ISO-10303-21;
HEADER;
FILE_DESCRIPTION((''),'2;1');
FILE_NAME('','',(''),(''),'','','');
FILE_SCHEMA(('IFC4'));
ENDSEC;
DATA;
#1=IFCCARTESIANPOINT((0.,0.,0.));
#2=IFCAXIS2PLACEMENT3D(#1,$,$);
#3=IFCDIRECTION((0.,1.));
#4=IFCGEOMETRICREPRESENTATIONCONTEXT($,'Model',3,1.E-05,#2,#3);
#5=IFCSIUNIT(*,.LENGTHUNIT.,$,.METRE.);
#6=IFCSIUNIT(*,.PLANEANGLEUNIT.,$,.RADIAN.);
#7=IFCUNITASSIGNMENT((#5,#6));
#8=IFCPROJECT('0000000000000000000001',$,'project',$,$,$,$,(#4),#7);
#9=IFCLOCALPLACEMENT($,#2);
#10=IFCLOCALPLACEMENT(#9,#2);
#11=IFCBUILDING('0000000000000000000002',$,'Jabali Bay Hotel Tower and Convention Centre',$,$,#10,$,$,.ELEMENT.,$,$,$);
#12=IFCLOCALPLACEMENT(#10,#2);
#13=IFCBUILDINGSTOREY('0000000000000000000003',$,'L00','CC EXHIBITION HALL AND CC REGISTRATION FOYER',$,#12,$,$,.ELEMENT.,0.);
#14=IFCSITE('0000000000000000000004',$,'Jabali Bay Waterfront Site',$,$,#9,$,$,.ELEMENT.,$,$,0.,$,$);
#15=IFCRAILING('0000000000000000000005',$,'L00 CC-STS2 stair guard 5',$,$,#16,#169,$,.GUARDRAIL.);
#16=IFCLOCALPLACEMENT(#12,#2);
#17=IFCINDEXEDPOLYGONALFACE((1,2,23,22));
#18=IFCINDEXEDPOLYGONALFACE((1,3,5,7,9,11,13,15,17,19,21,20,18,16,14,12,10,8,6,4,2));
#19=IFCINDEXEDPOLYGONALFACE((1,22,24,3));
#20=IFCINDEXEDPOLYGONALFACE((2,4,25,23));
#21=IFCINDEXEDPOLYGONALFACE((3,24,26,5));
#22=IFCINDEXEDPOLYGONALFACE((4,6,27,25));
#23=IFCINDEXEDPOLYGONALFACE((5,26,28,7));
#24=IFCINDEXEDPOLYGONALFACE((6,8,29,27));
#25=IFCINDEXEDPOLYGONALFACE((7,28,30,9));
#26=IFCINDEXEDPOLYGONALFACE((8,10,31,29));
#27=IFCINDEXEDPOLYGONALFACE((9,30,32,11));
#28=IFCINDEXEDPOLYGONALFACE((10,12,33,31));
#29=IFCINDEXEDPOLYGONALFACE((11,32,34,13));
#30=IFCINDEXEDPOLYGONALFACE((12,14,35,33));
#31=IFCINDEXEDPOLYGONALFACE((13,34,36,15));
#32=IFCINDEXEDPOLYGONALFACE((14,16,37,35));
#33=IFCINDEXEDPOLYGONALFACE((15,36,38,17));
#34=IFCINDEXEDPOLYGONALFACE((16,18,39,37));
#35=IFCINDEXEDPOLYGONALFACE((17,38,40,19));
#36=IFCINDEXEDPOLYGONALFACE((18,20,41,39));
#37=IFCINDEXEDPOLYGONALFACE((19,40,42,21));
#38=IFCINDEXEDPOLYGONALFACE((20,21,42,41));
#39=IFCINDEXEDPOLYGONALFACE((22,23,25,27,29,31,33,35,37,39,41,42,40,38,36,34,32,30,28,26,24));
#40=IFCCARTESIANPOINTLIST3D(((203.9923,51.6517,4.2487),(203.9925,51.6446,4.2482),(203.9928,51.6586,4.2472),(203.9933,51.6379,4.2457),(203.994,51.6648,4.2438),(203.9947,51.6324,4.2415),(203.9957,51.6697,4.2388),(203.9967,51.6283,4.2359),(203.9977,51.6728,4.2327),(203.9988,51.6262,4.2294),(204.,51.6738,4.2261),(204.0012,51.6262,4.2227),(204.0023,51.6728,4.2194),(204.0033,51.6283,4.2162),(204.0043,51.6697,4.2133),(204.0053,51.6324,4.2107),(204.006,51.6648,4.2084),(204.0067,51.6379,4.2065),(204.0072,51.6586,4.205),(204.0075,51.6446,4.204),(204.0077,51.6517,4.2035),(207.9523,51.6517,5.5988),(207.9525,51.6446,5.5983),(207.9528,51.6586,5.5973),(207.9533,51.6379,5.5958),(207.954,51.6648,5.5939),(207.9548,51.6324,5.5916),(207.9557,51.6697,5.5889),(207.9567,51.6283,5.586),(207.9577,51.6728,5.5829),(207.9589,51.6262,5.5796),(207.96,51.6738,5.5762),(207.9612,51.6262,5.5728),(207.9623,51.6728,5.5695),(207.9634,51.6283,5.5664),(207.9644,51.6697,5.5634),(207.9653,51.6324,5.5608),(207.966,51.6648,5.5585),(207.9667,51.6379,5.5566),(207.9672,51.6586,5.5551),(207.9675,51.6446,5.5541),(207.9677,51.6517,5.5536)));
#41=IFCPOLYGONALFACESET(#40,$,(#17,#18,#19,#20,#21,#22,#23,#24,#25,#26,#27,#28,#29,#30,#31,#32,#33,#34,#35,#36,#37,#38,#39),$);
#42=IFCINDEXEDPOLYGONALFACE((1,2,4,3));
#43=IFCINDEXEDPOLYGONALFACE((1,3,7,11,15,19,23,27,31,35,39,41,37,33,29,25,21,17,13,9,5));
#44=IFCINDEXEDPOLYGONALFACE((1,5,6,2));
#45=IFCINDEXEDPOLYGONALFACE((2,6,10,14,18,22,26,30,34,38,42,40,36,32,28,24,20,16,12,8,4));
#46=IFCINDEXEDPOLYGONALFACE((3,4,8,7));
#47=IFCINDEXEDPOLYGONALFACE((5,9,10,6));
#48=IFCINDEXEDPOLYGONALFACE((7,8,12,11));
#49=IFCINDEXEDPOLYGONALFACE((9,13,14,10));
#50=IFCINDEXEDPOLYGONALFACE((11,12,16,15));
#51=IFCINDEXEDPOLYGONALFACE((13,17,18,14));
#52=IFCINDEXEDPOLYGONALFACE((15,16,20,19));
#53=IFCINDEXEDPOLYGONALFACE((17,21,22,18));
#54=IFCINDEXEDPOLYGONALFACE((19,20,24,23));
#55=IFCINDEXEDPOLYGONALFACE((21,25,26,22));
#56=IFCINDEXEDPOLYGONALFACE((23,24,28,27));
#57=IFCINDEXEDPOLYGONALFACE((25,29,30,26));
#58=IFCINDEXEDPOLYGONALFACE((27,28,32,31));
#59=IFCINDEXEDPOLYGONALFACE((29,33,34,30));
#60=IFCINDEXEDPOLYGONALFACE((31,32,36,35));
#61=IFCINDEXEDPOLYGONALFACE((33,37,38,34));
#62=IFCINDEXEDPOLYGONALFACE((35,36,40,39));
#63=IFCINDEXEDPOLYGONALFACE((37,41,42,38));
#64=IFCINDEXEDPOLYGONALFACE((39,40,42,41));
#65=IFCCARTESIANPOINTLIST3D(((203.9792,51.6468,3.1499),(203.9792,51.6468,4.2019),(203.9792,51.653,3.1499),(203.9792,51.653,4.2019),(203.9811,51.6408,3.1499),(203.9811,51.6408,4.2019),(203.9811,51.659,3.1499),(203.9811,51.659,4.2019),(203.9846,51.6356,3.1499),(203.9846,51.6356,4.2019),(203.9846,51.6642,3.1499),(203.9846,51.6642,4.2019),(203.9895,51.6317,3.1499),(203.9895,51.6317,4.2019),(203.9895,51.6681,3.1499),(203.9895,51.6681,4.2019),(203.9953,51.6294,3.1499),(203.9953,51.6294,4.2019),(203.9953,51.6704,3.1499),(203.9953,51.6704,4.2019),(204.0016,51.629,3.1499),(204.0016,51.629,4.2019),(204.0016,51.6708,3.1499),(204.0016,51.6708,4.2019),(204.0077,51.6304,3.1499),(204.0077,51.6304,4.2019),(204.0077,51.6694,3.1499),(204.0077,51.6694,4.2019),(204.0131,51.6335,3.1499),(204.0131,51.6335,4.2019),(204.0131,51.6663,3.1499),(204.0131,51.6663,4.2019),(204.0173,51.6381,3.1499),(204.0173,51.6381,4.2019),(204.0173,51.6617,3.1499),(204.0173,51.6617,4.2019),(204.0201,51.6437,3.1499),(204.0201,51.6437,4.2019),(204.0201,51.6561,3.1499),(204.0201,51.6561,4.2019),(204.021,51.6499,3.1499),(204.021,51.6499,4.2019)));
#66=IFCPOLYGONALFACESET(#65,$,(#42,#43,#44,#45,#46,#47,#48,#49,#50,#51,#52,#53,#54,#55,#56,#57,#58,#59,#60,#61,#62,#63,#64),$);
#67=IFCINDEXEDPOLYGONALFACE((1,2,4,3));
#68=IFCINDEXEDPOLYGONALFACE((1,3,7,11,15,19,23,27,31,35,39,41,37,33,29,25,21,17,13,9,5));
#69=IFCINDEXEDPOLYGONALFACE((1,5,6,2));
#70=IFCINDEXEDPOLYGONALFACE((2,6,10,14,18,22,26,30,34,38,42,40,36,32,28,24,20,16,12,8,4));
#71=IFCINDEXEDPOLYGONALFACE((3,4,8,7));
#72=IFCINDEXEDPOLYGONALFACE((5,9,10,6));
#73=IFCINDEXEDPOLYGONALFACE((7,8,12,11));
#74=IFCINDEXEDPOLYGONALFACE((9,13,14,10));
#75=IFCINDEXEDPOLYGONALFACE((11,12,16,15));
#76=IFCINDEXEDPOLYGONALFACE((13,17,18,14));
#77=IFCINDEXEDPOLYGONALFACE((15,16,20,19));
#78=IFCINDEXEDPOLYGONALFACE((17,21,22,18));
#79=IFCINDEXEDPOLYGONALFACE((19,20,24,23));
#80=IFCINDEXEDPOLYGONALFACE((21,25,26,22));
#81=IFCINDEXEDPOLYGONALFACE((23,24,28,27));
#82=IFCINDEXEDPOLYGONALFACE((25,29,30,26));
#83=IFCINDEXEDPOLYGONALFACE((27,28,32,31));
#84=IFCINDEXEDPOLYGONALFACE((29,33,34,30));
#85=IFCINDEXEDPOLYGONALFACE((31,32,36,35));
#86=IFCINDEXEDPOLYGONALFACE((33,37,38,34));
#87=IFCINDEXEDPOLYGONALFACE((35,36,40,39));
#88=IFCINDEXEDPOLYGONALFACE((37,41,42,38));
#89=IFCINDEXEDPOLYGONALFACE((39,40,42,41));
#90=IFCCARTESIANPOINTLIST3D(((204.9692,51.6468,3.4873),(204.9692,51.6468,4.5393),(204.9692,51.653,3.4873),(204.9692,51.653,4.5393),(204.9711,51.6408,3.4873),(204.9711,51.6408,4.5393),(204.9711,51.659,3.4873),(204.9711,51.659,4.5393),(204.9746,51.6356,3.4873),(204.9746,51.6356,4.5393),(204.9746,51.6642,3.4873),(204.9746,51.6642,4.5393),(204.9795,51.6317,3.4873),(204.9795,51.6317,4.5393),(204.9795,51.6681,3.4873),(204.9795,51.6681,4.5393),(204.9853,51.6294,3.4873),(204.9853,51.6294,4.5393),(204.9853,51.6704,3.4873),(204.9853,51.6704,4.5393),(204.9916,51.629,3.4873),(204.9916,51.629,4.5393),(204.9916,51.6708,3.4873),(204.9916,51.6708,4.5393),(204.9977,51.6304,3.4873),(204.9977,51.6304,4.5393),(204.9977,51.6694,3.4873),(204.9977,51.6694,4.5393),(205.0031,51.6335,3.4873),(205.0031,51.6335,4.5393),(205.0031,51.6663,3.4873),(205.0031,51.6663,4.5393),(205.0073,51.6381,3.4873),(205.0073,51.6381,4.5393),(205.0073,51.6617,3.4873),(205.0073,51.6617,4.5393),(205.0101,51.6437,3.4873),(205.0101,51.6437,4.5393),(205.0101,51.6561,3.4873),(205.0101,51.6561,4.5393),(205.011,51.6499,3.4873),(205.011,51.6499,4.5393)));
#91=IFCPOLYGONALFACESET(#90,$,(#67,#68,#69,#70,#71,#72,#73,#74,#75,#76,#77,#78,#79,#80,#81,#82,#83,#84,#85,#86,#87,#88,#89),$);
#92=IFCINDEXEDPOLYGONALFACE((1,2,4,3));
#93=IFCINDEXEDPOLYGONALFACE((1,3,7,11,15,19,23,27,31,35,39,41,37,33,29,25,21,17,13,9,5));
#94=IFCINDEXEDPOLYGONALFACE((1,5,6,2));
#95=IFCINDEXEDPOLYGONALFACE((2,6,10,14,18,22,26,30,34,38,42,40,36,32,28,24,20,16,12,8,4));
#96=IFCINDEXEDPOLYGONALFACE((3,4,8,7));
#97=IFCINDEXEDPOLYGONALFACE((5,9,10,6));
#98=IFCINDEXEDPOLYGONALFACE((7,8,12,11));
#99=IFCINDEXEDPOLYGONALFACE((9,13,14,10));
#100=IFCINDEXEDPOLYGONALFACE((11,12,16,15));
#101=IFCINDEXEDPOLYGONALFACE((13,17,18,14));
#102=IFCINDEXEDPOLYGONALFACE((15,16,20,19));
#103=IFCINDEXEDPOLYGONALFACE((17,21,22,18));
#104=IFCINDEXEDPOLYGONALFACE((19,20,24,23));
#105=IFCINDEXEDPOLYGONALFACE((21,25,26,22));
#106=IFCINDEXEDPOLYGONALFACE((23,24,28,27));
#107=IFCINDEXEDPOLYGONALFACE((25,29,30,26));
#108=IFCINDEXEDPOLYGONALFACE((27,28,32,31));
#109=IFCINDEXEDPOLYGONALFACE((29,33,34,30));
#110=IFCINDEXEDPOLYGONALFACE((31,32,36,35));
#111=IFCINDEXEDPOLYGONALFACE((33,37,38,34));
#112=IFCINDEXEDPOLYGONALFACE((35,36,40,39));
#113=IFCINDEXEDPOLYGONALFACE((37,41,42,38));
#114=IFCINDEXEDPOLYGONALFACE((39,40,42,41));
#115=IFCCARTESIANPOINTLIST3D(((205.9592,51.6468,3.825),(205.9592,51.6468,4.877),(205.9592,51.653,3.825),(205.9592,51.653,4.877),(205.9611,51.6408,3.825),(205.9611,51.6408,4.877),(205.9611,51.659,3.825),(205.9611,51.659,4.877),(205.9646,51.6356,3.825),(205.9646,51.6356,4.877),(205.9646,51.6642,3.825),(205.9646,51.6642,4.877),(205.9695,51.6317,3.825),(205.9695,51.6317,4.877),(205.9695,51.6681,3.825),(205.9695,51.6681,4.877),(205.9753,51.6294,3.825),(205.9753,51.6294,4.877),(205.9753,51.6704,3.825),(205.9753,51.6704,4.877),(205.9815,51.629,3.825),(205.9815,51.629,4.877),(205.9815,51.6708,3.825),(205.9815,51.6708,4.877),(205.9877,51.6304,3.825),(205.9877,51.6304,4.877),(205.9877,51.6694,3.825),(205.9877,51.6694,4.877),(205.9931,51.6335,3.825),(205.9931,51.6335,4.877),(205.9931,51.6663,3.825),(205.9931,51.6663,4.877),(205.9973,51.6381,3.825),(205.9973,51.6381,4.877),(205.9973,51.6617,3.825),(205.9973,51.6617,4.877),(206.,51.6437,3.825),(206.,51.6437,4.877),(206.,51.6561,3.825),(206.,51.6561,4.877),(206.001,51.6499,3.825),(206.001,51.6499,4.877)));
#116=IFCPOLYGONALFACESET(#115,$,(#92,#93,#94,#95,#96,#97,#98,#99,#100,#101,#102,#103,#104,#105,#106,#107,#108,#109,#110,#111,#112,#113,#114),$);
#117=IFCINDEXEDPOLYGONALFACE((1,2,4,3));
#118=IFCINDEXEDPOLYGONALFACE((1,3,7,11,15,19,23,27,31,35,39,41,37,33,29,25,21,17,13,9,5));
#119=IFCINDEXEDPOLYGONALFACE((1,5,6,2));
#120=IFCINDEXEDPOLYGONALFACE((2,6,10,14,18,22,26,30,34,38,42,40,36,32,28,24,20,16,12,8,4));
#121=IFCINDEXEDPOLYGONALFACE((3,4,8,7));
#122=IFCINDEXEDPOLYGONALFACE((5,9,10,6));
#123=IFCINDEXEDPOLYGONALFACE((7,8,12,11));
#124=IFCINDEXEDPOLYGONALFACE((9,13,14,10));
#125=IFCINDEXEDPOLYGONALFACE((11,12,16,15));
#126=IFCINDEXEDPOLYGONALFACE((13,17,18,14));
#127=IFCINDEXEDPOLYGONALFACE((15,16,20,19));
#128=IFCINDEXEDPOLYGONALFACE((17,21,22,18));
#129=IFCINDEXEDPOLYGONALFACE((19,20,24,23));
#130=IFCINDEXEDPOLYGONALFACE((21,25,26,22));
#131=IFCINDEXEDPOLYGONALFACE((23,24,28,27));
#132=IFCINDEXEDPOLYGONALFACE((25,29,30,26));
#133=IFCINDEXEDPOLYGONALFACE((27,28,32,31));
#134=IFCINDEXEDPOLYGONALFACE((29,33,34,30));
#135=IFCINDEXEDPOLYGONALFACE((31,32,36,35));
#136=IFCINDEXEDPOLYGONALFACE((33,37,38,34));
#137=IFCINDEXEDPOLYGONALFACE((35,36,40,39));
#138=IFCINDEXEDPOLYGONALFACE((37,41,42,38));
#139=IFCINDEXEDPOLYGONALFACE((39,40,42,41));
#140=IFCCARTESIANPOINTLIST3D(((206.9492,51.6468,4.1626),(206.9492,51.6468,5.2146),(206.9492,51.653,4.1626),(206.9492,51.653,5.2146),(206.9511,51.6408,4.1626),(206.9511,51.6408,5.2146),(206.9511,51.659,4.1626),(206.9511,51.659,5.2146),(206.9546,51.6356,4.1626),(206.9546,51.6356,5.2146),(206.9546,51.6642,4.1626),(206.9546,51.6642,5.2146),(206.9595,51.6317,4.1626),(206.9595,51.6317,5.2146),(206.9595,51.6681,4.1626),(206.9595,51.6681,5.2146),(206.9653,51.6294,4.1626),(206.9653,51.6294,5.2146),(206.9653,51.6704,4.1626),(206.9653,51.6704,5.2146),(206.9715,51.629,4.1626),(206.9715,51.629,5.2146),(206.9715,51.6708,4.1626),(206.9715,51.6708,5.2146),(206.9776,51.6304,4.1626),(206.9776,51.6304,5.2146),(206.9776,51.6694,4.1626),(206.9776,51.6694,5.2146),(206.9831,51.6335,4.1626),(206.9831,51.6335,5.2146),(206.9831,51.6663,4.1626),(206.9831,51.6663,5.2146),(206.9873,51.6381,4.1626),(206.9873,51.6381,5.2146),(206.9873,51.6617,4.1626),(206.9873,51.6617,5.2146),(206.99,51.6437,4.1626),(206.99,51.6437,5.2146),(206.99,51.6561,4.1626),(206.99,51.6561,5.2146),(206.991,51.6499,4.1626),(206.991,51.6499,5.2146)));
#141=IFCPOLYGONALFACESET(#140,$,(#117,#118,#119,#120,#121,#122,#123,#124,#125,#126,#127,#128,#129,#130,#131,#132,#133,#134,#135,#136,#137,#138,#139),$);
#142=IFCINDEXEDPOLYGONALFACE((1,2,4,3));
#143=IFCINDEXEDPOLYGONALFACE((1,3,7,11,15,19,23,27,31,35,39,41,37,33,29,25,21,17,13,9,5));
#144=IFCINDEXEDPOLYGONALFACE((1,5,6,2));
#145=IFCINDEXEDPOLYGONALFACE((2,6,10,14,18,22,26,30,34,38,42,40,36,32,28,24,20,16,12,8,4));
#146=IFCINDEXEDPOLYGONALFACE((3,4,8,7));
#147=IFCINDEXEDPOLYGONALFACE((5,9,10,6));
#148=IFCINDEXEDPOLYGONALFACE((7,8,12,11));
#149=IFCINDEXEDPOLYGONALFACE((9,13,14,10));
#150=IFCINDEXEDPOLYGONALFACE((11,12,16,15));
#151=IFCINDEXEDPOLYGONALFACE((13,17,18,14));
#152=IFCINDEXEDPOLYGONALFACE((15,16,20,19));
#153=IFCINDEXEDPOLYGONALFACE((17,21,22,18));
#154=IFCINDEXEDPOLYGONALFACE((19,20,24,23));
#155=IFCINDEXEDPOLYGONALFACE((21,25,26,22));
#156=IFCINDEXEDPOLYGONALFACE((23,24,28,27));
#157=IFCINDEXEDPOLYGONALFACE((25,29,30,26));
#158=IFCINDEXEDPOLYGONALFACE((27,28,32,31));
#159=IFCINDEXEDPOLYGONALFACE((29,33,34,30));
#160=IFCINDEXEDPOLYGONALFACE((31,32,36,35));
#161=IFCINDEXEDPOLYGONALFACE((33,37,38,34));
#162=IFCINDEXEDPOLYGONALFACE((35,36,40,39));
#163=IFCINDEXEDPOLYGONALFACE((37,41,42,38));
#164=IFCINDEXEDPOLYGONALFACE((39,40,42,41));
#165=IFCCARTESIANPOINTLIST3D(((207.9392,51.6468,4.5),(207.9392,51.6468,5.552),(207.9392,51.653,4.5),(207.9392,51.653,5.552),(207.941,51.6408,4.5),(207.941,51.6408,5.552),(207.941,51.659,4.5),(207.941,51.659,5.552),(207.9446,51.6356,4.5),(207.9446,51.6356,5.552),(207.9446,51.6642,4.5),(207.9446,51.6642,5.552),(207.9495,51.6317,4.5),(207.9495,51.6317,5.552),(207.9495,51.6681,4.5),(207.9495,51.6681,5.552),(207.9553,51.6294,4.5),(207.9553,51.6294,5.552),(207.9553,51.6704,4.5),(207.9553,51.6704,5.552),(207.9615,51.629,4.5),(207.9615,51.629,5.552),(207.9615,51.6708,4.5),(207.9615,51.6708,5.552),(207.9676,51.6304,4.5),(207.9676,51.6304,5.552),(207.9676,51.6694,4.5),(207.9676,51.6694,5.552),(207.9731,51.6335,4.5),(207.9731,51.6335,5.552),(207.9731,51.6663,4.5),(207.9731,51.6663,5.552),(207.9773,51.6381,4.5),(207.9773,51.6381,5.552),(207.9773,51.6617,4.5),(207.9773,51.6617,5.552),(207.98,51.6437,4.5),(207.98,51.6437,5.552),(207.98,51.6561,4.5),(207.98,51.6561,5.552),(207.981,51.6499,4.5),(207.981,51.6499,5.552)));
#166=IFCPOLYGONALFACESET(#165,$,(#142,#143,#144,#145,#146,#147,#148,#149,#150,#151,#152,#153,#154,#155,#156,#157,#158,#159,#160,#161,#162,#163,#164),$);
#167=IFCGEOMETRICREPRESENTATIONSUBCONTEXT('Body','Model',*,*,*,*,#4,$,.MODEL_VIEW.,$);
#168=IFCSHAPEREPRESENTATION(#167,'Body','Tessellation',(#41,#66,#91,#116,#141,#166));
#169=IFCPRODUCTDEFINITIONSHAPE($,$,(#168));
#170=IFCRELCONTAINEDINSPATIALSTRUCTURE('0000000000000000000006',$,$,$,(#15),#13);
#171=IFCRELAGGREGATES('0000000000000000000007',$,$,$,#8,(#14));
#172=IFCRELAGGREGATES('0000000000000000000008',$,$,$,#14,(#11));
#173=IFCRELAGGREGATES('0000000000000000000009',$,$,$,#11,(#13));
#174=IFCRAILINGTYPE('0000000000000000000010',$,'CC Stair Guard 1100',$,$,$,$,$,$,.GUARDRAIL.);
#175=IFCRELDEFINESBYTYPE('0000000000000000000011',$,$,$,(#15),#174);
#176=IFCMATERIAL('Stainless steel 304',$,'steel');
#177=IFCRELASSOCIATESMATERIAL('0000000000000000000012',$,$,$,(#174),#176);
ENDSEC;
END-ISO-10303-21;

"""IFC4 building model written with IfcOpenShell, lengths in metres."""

from ifc_helpers import new_model, si_unit, direction, frame, origin, origin_2d, place, context, subcontext, project, spatial, circle, extrude, material, type_object, element, save


model = new_model("IFC4")

# Units and contexts
model_context = context("Model", 3, precision=1e-05, world=origin(), true_north=direction((0.0, 1.0)))
body_context = subcontext(model_context, "Body", "Model", "MODEL_VIEW")
ifc_project = project(units=[si_unit("LENGTHUNIT", "METRE"), si_unit("PLANEANGLEUNIT", "RADIAN")], contexts=[model_context])

# Site, building, storey
site_placement = place(None, origin())
site = spatial("IfcSite", under=ifc_project, at=site_placement, Name="Jabali Bay Waterfront Site", CompositionType="ELEMENT", RefElevation=0.0)
building_placement = place(site_placement, origin())
building = spatial("IfcBuilding", under=site, at=building_placement, Name="Jabali Bay Hotel Tower and Convention Centre", CompositionType="ELEMENT")
storey_placement = place(building_placement, origin())
storey = spatial("IfcBuildingStorey", under=building, at=storey_placement, Name="L00", Description="CC EXHIBITION HALL AND CC REGISTRATION FOYER", CompositionType="ELEMENT", Elevation=0.0)

# Railing
ifc_material_1 = material(Name="Stainless steel 304", Category="steel")
railing_type_1 = type_object("IfcRailingType", Name="CC Stair Guard 1100", PredefinedType="GUARDRAIL", material=ifc_material_1)
railing_1_placement = place(storey_placement, frame((204.0, 51.6499, 3.1499)))
element("IfcRailing", 1, at=railing_1_placement, inside=storey, type_object=railing_type_1, Name="L00 CC-STS2 stair guard 5", PredefinedType="GUARDRAIL", context=body_context, shape_type="SweptSolid", body=[
    extrude(circle(Radius=0.0239, at=origin_2d()), frame((0.0, 0.0, 1.0762), z_axis=(0.946502, 0.0, 0.322698), x_axis=(0.0, 1.0, 0.0)), (0.0, 0.0, 1.0), 4.1838),
    extrude(circle(Radius=0.021, at=origin_2d()), origin(), (0.0, 0.0, 1.0), 1.052),
    extrude(circle(Radius=0.021, at=origin_2d()), frame((0.99, 0.0, 0.3374)), (0.0, 0.0, 1.0), 1.052),
    extrude(circle(Radius=0.021, at=origin_2d()), frame((1.98, 0.0, 0.675)), (0.0, 0.0, 1.0), 1.052),
    extrude(circle(Radius=0.021, at=origin_2d()), frame((2.97, 0.0, 1.0127)), (0.0, 0.0, 1.0), 1.052),
    extrude(circle(Radius=0.021, at=origin_2d()), frame((3.96, 0.0, 1.3501)), (0.0, 0.0, 1.0), 1.052),
])

save(model, "model.ifc")
